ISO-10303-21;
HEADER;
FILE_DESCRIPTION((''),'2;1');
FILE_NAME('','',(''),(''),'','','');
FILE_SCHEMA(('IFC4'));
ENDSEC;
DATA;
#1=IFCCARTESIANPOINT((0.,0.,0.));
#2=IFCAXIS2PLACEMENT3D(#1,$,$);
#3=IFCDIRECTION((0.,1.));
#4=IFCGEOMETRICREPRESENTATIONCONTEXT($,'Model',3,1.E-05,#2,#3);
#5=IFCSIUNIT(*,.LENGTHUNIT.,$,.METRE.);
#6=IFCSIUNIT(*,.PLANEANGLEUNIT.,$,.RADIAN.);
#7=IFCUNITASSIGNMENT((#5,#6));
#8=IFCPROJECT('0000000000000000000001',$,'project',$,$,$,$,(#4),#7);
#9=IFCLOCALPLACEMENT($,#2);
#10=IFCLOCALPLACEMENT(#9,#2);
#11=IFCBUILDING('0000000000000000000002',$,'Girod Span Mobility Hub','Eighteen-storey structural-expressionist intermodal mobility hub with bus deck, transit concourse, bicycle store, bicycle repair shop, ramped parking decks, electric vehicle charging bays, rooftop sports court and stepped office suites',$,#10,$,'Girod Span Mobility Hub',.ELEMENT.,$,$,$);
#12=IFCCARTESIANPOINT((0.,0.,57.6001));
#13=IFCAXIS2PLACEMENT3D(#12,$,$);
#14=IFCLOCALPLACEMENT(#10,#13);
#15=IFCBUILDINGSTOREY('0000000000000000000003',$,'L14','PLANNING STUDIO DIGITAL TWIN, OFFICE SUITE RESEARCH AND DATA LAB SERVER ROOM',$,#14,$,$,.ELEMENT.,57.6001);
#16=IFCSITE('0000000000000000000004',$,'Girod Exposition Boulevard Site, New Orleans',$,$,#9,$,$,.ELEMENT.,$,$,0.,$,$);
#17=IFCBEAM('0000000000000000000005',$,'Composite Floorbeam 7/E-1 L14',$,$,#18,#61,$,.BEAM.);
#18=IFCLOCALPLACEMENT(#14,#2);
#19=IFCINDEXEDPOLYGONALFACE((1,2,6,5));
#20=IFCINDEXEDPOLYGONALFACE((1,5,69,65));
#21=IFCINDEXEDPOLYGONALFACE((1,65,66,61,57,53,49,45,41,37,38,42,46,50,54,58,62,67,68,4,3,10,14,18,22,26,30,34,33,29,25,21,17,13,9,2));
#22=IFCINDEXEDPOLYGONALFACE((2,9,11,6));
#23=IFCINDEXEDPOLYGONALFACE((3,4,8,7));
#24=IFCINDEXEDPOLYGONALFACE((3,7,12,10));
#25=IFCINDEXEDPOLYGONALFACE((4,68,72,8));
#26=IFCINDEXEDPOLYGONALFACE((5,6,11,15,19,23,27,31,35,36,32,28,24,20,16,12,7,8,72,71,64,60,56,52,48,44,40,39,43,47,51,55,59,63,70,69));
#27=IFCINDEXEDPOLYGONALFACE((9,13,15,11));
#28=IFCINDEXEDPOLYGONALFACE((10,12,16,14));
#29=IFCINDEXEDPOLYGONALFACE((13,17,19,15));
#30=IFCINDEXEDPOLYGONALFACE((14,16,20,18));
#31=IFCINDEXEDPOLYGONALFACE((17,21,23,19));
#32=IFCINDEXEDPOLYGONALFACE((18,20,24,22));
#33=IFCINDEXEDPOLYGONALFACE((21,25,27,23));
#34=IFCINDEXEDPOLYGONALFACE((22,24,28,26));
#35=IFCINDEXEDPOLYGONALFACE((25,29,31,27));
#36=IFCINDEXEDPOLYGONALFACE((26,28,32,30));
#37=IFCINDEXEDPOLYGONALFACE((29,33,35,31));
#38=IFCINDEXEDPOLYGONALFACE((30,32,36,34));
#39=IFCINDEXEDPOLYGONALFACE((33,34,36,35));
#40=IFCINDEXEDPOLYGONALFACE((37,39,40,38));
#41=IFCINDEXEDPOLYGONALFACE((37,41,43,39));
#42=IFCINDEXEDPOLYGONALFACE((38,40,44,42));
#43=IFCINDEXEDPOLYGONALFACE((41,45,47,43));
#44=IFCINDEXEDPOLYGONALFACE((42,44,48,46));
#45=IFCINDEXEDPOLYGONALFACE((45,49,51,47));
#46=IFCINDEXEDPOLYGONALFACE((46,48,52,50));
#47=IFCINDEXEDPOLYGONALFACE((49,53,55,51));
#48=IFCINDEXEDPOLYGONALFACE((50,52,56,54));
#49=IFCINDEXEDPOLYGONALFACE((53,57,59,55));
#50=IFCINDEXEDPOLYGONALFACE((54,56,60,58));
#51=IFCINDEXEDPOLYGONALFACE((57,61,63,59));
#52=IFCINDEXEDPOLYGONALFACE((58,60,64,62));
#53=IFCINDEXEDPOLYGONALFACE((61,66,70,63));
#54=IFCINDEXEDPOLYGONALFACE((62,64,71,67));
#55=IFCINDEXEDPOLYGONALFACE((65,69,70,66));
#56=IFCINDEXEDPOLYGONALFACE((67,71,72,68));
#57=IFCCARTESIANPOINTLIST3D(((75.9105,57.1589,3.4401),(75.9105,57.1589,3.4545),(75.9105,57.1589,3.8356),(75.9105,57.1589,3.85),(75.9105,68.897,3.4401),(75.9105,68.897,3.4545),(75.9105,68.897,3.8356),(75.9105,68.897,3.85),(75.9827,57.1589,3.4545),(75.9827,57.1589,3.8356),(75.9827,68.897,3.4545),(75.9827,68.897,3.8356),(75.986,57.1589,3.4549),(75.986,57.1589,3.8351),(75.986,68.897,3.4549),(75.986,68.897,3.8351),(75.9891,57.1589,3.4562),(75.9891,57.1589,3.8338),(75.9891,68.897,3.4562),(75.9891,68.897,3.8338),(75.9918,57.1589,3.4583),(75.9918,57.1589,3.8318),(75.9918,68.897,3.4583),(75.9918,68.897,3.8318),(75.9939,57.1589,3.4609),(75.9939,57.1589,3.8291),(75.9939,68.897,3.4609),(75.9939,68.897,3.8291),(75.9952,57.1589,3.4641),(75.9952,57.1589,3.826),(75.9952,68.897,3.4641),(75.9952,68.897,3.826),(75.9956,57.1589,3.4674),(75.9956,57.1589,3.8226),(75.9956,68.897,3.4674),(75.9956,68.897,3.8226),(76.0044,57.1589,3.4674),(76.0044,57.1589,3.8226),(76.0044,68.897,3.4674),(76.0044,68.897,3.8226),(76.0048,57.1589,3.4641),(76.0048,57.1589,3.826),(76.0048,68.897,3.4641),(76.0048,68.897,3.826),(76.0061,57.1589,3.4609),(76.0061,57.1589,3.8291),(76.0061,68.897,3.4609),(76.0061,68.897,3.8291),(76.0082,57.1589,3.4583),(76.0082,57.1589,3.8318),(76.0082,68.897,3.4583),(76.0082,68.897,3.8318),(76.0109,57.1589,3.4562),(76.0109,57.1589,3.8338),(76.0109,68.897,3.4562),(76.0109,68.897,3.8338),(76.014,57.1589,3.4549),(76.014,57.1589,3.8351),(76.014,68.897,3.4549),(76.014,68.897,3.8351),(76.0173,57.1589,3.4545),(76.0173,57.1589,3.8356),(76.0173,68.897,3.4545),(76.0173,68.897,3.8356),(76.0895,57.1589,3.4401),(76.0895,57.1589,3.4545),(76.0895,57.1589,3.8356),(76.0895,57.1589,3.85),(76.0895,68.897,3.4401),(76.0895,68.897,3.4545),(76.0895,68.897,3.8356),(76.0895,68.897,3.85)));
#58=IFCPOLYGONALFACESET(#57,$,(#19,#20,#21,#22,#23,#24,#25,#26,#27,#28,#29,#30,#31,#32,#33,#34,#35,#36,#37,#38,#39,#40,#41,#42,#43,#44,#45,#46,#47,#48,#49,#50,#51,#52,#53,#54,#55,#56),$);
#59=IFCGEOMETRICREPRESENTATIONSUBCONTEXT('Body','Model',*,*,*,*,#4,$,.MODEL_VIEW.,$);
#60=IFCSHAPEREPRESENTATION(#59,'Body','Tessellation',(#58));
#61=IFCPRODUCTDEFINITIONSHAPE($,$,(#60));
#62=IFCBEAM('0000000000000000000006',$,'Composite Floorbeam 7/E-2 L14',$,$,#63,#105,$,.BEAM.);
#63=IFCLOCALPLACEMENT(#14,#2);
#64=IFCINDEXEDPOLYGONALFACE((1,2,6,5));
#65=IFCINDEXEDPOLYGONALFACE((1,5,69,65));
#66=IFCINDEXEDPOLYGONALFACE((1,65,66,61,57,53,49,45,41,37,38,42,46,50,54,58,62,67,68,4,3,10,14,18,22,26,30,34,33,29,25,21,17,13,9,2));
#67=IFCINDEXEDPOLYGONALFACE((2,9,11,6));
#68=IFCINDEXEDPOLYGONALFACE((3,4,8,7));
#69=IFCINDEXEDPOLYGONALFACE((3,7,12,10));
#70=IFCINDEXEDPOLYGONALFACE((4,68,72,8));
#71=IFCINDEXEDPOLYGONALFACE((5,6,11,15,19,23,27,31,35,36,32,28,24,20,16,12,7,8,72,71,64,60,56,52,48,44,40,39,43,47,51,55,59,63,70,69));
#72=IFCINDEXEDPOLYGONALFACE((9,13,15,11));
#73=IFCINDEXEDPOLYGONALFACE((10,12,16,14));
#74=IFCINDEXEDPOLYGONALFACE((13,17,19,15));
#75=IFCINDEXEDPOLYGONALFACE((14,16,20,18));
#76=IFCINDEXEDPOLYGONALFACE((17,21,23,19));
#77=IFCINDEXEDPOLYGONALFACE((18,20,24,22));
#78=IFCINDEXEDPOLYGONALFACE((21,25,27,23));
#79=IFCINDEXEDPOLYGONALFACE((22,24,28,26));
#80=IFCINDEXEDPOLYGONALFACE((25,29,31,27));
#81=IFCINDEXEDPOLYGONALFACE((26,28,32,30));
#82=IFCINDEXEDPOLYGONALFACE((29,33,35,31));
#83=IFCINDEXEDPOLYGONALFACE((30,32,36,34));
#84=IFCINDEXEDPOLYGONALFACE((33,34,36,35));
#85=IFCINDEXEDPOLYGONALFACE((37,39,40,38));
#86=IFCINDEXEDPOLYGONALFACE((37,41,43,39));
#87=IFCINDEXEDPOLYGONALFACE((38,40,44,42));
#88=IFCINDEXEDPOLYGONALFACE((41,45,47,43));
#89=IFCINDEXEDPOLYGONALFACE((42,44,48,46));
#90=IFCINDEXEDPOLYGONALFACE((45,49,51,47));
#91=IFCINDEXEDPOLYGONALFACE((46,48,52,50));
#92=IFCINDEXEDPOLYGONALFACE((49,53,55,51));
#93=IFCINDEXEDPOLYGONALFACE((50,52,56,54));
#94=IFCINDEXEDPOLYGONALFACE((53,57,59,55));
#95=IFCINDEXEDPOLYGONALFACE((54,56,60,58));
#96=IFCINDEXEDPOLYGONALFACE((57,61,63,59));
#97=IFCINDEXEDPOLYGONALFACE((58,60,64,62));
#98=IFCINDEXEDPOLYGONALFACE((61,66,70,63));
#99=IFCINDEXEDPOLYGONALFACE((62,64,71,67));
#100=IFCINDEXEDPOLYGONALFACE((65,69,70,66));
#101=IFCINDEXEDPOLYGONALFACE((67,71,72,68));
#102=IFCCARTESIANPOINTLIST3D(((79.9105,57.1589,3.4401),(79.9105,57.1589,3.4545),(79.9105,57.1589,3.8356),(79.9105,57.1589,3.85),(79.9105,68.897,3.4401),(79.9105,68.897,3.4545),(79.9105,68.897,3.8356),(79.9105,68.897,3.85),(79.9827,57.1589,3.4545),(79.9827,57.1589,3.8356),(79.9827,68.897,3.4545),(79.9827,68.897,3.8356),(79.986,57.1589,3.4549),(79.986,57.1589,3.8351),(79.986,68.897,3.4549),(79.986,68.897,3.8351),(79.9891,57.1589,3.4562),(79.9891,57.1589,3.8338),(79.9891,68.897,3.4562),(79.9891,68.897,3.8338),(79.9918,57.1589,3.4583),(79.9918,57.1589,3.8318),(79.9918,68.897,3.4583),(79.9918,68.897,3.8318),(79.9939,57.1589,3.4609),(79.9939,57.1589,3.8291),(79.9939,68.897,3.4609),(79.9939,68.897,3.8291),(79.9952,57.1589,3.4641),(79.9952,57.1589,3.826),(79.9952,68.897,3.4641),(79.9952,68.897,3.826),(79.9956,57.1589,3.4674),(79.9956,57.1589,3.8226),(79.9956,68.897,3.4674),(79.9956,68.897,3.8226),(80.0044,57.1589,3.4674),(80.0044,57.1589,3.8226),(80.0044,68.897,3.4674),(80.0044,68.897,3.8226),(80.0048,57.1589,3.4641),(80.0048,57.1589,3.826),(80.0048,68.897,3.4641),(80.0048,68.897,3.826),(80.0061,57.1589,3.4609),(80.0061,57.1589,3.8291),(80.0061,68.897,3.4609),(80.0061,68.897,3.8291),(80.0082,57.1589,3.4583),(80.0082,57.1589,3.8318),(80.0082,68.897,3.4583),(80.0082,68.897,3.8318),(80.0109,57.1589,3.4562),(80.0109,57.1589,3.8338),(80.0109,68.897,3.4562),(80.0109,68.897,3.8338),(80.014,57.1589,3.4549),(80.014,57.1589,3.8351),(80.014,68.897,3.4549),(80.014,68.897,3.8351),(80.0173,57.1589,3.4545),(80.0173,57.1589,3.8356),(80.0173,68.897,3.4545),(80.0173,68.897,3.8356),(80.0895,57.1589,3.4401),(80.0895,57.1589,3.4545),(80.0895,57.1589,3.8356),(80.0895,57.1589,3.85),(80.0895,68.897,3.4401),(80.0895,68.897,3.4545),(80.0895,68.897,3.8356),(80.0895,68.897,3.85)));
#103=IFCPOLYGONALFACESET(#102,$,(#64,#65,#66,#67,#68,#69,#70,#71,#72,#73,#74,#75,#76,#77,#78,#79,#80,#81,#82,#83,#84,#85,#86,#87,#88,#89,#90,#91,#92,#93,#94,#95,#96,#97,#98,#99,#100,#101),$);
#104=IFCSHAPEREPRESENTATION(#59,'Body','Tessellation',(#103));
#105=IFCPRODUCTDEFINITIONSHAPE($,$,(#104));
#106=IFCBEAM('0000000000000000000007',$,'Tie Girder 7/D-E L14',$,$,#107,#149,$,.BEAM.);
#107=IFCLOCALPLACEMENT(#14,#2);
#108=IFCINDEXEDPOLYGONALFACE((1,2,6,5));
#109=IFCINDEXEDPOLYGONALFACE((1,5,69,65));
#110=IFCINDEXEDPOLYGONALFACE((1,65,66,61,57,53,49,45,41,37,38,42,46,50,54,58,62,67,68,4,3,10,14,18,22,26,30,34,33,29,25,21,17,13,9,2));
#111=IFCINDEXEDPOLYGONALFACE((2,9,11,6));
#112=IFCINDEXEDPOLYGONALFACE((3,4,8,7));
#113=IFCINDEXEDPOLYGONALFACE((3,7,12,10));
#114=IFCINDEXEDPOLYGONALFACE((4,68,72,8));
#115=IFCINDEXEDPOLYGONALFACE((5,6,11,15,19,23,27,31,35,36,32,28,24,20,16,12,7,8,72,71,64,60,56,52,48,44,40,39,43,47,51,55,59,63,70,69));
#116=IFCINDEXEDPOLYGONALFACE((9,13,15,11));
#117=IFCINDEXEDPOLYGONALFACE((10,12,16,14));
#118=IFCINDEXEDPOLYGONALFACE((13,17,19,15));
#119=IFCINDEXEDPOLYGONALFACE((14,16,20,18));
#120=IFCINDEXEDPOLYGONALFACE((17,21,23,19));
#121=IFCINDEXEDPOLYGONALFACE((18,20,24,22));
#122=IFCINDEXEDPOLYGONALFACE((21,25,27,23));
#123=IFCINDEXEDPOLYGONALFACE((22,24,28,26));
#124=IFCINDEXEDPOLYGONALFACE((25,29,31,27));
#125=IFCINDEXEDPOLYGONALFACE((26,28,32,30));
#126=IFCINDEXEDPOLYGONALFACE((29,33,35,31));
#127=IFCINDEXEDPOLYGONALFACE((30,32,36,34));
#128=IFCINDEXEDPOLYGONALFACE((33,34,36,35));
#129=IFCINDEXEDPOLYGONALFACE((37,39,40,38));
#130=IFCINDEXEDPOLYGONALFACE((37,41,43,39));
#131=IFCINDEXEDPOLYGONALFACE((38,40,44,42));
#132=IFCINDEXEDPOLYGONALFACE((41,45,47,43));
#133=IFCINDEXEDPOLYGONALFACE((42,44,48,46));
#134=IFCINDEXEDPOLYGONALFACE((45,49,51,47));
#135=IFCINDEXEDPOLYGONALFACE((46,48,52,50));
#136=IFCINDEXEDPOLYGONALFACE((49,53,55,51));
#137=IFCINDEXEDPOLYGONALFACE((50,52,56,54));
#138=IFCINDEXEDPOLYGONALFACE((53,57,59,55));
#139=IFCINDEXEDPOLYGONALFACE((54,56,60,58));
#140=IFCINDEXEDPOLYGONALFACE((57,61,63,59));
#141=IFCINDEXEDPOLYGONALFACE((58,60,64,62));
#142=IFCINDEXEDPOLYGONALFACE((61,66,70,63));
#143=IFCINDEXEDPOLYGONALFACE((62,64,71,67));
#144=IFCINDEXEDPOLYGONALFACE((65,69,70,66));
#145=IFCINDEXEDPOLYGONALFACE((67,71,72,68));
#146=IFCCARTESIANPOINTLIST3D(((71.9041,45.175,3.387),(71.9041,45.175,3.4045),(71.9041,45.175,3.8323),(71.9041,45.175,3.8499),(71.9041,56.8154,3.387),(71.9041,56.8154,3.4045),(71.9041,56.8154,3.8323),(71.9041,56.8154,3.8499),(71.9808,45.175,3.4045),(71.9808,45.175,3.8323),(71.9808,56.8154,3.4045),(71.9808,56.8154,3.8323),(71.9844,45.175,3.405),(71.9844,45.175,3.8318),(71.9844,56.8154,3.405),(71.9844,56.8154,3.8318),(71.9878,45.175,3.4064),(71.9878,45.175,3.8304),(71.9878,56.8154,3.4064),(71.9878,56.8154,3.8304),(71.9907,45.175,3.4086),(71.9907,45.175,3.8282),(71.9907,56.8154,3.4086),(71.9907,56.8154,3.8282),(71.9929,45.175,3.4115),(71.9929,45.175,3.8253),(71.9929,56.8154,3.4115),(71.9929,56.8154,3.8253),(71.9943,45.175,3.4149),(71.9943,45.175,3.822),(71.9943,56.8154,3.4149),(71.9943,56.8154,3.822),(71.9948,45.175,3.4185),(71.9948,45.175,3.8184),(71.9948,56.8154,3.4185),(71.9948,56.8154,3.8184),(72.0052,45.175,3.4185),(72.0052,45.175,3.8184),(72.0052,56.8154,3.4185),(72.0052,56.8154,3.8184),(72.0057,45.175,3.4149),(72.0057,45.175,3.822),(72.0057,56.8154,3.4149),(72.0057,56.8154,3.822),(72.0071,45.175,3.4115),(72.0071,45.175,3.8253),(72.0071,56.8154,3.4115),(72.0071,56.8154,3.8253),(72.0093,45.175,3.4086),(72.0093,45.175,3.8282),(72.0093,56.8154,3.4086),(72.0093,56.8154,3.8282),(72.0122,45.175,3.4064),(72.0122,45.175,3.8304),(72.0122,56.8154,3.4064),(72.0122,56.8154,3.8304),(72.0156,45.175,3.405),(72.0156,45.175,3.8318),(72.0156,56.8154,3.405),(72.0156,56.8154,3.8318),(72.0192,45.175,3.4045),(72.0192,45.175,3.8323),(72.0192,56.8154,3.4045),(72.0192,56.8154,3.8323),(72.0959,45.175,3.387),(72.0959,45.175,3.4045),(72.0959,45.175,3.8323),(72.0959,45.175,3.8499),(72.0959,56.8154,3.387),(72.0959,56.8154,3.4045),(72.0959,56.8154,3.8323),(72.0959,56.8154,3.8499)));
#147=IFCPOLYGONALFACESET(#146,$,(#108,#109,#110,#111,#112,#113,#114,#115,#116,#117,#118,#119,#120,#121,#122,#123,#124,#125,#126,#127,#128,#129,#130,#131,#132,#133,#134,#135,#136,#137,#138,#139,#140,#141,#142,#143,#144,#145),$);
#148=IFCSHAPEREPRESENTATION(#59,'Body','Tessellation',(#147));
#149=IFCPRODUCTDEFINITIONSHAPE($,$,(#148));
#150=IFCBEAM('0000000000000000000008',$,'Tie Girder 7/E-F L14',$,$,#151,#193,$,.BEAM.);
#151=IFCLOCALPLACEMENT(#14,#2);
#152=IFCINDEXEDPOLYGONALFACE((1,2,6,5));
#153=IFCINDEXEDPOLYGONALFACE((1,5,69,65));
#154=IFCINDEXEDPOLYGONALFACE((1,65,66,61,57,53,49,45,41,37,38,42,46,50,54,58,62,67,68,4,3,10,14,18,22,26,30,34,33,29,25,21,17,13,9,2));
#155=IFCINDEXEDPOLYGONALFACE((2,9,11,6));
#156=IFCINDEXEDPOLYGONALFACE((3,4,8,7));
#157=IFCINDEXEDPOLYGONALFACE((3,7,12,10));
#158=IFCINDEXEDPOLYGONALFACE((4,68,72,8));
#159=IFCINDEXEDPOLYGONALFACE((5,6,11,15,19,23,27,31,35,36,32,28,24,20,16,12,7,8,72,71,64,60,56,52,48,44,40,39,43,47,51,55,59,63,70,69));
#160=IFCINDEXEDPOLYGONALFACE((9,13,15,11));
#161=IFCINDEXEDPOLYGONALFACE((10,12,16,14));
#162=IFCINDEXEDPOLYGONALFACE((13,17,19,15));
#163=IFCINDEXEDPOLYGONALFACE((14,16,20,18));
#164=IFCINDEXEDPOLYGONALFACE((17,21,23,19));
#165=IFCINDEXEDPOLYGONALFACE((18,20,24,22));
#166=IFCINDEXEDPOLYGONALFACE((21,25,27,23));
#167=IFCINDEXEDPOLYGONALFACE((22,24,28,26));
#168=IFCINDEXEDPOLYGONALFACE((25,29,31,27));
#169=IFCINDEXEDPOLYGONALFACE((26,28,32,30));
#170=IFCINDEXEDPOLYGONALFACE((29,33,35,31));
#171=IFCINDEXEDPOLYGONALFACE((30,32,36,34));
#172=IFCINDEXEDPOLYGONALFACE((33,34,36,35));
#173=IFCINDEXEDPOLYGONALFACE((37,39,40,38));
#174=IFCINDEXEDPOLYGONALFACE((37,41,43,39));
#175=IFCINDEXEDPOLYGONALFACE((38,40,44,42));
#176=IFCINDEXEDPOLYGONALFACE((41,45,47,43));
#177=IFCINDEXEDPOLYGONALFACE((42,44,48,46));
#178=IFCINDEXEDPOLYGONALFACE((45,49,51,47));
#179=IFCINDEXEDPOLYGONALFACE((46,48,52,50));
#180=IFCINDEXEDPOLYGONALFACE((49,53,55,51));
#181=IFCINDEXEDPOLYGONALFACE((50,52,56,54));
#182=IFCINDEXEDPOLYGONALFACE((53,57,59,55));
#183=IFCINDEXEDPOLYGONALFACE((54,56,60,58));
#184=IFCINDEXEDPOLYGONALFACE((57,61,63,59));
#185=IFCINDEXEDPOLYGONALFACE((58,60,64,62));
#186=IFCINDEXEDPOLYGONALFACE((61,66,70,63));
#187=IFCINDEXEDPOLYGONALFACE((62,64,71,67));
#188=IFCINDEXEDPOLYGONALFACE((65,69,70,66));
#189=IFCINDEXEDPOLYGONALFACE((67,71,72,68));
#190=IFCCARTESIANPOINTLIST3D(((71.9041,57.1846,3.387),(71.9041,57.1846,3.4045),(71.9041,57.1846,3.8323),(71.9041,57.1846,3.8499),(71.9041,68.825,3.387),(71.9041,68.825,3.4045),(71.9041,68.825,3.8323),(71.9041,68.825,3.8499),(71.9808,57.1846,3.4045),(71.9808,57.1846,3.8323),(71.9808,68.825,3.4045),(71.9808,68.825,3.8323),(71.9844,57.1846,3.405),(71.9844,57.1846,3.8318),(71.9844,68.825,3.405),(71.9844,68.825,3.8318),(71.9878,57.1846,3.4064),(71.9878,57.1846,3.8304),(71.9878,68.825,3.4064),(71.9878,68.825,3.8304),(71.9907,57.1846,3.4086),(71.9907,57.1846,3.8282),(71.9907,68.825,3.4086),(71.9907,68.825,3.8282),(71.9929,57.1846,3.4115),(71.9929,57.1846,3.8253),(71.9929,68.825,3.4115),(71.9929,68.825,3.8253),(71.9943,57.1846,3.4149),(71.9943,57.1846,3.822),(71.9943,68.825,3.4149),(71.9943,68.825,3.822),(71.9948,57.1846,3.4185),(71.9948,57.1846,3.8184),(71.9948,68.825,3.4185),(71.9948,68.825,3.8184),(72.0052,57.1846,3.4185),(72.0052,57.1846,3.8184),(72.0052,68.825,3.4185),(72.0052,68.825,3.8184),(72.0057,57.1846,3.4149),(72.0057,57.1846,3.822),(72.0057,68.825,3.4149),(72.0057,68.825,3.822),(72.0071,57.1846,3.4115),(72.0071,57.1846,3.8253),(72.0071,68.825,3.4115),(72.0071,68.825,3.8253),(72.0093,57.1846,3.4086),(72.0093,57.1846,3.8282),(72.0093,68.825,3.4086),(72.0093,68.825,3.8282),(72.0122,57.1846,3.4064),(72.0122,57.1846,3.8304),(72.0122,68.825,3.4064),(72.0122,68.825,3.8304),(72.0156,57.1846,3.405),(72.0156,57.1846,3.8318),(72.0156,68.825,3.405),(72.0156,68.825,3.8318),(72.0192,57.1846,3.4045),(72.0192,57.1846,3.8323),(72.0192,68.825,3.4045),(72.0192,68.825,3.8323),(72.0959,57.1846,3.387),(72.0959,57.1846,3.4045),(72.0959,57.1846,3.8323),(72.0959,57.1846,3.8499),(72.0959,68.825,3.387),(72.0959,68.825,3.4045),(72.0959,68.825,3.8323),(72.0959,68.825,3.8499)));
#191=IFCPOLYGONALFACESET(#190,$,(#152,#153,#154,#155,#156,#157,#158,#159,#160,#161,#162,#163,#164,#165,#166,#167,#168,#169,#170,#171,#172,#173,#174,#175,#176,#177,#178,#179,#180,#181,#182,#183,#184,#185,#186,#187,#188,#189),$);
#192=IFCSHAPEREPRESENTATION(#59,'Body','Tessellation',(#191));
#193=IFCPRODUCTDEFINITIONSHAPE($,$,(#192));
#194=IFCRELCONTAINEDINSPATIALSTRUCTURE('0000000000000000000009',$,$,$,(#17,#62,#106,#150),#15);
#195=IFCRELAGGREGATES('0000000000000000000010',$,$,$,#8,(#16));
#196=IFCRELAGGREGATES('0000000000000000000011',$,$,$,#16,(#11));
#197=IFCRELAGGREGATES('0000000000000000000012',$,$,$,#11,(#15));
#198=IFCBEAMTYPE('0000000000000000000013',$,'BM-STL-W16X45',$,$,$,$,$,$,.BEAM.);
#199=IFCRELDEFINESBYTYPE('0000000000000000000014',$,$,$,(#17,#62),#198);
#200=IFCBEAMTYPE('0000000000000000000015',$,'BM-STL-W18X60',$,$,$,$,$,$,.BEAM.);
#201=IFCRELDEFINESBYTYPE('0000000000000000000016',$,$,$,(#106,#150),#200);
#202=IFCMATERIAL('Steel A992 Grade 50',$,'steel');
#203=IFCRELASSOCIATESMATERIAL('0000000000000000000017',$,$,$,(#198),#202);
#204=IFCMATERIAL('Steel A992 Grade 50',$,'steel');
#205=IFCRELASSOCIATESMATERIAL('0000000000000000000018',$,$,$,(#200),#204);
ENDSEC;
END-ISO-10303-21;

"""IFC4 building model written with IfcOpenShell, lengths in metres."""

from ifc_helpers import new_model, si_unit, direction, frame, origin, origin_2d, place, context, subcontext, project, spatial, i_section, extrude, material, material_profile, profile_set, type_object, element, save


model = new_model("IFC4")

# Units and contexts
model_context = context("Model", 3, precision=1e-05, world=origin(), true_north=direction((0.0, 1.0)))
body_context = subcontext(model_context, "Body", "Model", "MODEL_VIEW")
ifc_project = project(units=[si_unit("LENGTHUNIT", "METRE"), si_unit("PLANEANGLEUNIT", "RADIAN")], contexts=[model_context])

# Site, building, storey
site_placement = place(None, origin())
site = spatial("IfcSite", under=ifc_project, at=site_placement, Name="Girod Exposition Boulevard Site, New Orleans", CompositionType="ELEMENT", RefElevation=0.0)
building_placement = place(site_placement, origin())
building = spatial("IfcBuilding", under=site, at=building_placement, Name="Girod Span Mobility Hub", Description="Eighteen-storey structural-expressionist intermodal mobility hub with bus deck, transit concourse, bicycle store, bicycle repair shop, ramped parking decks, electric vehicle charging bays, rooftop sports court and stepped office suites", LongName="Girod Span Mobility Hub", CompositionType="ELEMENT")
storey_placement = place(building_placement, frame((0.0, 0.0, 57.6001)))
storey = spatial("IfcBuildingStorey", under=building, at=storey_placement, Name="L14", Description="PLANNING STUDIO DIGITAL TWIN, OFFICE SUITE RESEARCH AND DATA LAB SERVER ROOM", CompositionType="ELEMENT", Elevation=57.6001)

# Beams
ifc_material_1 = material(Name="Steel A992 Grade 50", Category="steel")
ifc_material_profile_1 = material_profile(ifc_material_1, i_section(OverallWidth=0.179, OverallDepth=0.4099, WebThickness=0.0088, FlangeThickness=0.0144, FilletRadius=0.0129, at=origin_2d()), Name="W16X45")
ifc_profile_set_1 = profile_set([ifc_material_profile_1], Name="Steel A992 Grade 50")
beam_type_1 = type_object("IfcBeamType", Name="BM-STL-W16X45", PredefinedType="BEAM", material=ifc_profile_set_1)
for number, where, z_axis, x_axis, name in (
    (1, (76.0, 57.1589, 3.645), (0.0, 1.0, 0.0), (-1.0, 0.0, 0.0), "Composite Floorbeam 7/E-1 L14"),
    (2, (80.0, 57.1589, 3.645), (0.0, 1.0, 0.0), (-1.0, 0.0, 0.0), "Composite Floorbeam 7/E-2 L14"),
):
    element("IfcBeam", number, at=place(storey_placement, frame(where, z_axis=z_axis, x_axis=x_axis)), inside=storey, type_object=beam_type_1, Name=name, PredefinedType="BEAM", context=body_context, shape_type="SweptSolid", body=[
        extrude(i_section(OverallWidth=0.179, OverallDepth=0.4099, WebThickness=0.0088, FlangeThickness=0.0144, FilletRadius=0.0129, at=origin_2d()), origin(), (0.0, 0.0, 1.0), 11.738),
    ])
ifc_material_2 = material(Name="Steel A992 Grade 50", Category="steel")
ifc_material_profile_2 = material_profile(ifc_material_2, i_section(OverallWidth=0.1919, OverallDepth=0.4629, WebThickness=0.0105, FlangeThickness=0.0176, FilletRadius=0.0139, at=origin_2d()), Name="W18X60")
ifc_profile_set_2 = profile_set([ifc_material_profile_2], Name="Steel A992 Grade 50")
beam_type_2 = type_object("IfcBeamType", Name="BM-STL-W18X60", PredefinedType="BEAM", material=ifc_profile_set_2)
for number, where, z_axis, x_axis, name in (
    (3, (72.0, 45.175, 3.6184), (0.0, 1.0, 0.0), (-1.0, 0.0, 0.0), "Tie Girder 7/D-E L14"),
    (4, (72.0, 57.1846, 3.6184), (0.0, 1.0, 0.0), (-1.0, 0.0, 0.0), "Tie Girder 7/E-F L14"),
):
    element("IfcBeam", number, at=place(storey_placement, frame(where, z_axis=z_axis, x_axis=x_axis)), inside=storey, type_object=beam_type_2, Name=name, PredefinedType="BEAM", context=body_context, shape_type="SweptSolid", body=[
        extrude(i_section(OverallWidth=0.1919, OverallDepth=0.4629, WebThickness=0.0105, FlangeThickness=0.0176, FilletRadius=0.0139, at=origin_2d()), origin(), (0.0, 0.0, 1.0), 11.6404),
    ])

save(model, "model.ifc")
